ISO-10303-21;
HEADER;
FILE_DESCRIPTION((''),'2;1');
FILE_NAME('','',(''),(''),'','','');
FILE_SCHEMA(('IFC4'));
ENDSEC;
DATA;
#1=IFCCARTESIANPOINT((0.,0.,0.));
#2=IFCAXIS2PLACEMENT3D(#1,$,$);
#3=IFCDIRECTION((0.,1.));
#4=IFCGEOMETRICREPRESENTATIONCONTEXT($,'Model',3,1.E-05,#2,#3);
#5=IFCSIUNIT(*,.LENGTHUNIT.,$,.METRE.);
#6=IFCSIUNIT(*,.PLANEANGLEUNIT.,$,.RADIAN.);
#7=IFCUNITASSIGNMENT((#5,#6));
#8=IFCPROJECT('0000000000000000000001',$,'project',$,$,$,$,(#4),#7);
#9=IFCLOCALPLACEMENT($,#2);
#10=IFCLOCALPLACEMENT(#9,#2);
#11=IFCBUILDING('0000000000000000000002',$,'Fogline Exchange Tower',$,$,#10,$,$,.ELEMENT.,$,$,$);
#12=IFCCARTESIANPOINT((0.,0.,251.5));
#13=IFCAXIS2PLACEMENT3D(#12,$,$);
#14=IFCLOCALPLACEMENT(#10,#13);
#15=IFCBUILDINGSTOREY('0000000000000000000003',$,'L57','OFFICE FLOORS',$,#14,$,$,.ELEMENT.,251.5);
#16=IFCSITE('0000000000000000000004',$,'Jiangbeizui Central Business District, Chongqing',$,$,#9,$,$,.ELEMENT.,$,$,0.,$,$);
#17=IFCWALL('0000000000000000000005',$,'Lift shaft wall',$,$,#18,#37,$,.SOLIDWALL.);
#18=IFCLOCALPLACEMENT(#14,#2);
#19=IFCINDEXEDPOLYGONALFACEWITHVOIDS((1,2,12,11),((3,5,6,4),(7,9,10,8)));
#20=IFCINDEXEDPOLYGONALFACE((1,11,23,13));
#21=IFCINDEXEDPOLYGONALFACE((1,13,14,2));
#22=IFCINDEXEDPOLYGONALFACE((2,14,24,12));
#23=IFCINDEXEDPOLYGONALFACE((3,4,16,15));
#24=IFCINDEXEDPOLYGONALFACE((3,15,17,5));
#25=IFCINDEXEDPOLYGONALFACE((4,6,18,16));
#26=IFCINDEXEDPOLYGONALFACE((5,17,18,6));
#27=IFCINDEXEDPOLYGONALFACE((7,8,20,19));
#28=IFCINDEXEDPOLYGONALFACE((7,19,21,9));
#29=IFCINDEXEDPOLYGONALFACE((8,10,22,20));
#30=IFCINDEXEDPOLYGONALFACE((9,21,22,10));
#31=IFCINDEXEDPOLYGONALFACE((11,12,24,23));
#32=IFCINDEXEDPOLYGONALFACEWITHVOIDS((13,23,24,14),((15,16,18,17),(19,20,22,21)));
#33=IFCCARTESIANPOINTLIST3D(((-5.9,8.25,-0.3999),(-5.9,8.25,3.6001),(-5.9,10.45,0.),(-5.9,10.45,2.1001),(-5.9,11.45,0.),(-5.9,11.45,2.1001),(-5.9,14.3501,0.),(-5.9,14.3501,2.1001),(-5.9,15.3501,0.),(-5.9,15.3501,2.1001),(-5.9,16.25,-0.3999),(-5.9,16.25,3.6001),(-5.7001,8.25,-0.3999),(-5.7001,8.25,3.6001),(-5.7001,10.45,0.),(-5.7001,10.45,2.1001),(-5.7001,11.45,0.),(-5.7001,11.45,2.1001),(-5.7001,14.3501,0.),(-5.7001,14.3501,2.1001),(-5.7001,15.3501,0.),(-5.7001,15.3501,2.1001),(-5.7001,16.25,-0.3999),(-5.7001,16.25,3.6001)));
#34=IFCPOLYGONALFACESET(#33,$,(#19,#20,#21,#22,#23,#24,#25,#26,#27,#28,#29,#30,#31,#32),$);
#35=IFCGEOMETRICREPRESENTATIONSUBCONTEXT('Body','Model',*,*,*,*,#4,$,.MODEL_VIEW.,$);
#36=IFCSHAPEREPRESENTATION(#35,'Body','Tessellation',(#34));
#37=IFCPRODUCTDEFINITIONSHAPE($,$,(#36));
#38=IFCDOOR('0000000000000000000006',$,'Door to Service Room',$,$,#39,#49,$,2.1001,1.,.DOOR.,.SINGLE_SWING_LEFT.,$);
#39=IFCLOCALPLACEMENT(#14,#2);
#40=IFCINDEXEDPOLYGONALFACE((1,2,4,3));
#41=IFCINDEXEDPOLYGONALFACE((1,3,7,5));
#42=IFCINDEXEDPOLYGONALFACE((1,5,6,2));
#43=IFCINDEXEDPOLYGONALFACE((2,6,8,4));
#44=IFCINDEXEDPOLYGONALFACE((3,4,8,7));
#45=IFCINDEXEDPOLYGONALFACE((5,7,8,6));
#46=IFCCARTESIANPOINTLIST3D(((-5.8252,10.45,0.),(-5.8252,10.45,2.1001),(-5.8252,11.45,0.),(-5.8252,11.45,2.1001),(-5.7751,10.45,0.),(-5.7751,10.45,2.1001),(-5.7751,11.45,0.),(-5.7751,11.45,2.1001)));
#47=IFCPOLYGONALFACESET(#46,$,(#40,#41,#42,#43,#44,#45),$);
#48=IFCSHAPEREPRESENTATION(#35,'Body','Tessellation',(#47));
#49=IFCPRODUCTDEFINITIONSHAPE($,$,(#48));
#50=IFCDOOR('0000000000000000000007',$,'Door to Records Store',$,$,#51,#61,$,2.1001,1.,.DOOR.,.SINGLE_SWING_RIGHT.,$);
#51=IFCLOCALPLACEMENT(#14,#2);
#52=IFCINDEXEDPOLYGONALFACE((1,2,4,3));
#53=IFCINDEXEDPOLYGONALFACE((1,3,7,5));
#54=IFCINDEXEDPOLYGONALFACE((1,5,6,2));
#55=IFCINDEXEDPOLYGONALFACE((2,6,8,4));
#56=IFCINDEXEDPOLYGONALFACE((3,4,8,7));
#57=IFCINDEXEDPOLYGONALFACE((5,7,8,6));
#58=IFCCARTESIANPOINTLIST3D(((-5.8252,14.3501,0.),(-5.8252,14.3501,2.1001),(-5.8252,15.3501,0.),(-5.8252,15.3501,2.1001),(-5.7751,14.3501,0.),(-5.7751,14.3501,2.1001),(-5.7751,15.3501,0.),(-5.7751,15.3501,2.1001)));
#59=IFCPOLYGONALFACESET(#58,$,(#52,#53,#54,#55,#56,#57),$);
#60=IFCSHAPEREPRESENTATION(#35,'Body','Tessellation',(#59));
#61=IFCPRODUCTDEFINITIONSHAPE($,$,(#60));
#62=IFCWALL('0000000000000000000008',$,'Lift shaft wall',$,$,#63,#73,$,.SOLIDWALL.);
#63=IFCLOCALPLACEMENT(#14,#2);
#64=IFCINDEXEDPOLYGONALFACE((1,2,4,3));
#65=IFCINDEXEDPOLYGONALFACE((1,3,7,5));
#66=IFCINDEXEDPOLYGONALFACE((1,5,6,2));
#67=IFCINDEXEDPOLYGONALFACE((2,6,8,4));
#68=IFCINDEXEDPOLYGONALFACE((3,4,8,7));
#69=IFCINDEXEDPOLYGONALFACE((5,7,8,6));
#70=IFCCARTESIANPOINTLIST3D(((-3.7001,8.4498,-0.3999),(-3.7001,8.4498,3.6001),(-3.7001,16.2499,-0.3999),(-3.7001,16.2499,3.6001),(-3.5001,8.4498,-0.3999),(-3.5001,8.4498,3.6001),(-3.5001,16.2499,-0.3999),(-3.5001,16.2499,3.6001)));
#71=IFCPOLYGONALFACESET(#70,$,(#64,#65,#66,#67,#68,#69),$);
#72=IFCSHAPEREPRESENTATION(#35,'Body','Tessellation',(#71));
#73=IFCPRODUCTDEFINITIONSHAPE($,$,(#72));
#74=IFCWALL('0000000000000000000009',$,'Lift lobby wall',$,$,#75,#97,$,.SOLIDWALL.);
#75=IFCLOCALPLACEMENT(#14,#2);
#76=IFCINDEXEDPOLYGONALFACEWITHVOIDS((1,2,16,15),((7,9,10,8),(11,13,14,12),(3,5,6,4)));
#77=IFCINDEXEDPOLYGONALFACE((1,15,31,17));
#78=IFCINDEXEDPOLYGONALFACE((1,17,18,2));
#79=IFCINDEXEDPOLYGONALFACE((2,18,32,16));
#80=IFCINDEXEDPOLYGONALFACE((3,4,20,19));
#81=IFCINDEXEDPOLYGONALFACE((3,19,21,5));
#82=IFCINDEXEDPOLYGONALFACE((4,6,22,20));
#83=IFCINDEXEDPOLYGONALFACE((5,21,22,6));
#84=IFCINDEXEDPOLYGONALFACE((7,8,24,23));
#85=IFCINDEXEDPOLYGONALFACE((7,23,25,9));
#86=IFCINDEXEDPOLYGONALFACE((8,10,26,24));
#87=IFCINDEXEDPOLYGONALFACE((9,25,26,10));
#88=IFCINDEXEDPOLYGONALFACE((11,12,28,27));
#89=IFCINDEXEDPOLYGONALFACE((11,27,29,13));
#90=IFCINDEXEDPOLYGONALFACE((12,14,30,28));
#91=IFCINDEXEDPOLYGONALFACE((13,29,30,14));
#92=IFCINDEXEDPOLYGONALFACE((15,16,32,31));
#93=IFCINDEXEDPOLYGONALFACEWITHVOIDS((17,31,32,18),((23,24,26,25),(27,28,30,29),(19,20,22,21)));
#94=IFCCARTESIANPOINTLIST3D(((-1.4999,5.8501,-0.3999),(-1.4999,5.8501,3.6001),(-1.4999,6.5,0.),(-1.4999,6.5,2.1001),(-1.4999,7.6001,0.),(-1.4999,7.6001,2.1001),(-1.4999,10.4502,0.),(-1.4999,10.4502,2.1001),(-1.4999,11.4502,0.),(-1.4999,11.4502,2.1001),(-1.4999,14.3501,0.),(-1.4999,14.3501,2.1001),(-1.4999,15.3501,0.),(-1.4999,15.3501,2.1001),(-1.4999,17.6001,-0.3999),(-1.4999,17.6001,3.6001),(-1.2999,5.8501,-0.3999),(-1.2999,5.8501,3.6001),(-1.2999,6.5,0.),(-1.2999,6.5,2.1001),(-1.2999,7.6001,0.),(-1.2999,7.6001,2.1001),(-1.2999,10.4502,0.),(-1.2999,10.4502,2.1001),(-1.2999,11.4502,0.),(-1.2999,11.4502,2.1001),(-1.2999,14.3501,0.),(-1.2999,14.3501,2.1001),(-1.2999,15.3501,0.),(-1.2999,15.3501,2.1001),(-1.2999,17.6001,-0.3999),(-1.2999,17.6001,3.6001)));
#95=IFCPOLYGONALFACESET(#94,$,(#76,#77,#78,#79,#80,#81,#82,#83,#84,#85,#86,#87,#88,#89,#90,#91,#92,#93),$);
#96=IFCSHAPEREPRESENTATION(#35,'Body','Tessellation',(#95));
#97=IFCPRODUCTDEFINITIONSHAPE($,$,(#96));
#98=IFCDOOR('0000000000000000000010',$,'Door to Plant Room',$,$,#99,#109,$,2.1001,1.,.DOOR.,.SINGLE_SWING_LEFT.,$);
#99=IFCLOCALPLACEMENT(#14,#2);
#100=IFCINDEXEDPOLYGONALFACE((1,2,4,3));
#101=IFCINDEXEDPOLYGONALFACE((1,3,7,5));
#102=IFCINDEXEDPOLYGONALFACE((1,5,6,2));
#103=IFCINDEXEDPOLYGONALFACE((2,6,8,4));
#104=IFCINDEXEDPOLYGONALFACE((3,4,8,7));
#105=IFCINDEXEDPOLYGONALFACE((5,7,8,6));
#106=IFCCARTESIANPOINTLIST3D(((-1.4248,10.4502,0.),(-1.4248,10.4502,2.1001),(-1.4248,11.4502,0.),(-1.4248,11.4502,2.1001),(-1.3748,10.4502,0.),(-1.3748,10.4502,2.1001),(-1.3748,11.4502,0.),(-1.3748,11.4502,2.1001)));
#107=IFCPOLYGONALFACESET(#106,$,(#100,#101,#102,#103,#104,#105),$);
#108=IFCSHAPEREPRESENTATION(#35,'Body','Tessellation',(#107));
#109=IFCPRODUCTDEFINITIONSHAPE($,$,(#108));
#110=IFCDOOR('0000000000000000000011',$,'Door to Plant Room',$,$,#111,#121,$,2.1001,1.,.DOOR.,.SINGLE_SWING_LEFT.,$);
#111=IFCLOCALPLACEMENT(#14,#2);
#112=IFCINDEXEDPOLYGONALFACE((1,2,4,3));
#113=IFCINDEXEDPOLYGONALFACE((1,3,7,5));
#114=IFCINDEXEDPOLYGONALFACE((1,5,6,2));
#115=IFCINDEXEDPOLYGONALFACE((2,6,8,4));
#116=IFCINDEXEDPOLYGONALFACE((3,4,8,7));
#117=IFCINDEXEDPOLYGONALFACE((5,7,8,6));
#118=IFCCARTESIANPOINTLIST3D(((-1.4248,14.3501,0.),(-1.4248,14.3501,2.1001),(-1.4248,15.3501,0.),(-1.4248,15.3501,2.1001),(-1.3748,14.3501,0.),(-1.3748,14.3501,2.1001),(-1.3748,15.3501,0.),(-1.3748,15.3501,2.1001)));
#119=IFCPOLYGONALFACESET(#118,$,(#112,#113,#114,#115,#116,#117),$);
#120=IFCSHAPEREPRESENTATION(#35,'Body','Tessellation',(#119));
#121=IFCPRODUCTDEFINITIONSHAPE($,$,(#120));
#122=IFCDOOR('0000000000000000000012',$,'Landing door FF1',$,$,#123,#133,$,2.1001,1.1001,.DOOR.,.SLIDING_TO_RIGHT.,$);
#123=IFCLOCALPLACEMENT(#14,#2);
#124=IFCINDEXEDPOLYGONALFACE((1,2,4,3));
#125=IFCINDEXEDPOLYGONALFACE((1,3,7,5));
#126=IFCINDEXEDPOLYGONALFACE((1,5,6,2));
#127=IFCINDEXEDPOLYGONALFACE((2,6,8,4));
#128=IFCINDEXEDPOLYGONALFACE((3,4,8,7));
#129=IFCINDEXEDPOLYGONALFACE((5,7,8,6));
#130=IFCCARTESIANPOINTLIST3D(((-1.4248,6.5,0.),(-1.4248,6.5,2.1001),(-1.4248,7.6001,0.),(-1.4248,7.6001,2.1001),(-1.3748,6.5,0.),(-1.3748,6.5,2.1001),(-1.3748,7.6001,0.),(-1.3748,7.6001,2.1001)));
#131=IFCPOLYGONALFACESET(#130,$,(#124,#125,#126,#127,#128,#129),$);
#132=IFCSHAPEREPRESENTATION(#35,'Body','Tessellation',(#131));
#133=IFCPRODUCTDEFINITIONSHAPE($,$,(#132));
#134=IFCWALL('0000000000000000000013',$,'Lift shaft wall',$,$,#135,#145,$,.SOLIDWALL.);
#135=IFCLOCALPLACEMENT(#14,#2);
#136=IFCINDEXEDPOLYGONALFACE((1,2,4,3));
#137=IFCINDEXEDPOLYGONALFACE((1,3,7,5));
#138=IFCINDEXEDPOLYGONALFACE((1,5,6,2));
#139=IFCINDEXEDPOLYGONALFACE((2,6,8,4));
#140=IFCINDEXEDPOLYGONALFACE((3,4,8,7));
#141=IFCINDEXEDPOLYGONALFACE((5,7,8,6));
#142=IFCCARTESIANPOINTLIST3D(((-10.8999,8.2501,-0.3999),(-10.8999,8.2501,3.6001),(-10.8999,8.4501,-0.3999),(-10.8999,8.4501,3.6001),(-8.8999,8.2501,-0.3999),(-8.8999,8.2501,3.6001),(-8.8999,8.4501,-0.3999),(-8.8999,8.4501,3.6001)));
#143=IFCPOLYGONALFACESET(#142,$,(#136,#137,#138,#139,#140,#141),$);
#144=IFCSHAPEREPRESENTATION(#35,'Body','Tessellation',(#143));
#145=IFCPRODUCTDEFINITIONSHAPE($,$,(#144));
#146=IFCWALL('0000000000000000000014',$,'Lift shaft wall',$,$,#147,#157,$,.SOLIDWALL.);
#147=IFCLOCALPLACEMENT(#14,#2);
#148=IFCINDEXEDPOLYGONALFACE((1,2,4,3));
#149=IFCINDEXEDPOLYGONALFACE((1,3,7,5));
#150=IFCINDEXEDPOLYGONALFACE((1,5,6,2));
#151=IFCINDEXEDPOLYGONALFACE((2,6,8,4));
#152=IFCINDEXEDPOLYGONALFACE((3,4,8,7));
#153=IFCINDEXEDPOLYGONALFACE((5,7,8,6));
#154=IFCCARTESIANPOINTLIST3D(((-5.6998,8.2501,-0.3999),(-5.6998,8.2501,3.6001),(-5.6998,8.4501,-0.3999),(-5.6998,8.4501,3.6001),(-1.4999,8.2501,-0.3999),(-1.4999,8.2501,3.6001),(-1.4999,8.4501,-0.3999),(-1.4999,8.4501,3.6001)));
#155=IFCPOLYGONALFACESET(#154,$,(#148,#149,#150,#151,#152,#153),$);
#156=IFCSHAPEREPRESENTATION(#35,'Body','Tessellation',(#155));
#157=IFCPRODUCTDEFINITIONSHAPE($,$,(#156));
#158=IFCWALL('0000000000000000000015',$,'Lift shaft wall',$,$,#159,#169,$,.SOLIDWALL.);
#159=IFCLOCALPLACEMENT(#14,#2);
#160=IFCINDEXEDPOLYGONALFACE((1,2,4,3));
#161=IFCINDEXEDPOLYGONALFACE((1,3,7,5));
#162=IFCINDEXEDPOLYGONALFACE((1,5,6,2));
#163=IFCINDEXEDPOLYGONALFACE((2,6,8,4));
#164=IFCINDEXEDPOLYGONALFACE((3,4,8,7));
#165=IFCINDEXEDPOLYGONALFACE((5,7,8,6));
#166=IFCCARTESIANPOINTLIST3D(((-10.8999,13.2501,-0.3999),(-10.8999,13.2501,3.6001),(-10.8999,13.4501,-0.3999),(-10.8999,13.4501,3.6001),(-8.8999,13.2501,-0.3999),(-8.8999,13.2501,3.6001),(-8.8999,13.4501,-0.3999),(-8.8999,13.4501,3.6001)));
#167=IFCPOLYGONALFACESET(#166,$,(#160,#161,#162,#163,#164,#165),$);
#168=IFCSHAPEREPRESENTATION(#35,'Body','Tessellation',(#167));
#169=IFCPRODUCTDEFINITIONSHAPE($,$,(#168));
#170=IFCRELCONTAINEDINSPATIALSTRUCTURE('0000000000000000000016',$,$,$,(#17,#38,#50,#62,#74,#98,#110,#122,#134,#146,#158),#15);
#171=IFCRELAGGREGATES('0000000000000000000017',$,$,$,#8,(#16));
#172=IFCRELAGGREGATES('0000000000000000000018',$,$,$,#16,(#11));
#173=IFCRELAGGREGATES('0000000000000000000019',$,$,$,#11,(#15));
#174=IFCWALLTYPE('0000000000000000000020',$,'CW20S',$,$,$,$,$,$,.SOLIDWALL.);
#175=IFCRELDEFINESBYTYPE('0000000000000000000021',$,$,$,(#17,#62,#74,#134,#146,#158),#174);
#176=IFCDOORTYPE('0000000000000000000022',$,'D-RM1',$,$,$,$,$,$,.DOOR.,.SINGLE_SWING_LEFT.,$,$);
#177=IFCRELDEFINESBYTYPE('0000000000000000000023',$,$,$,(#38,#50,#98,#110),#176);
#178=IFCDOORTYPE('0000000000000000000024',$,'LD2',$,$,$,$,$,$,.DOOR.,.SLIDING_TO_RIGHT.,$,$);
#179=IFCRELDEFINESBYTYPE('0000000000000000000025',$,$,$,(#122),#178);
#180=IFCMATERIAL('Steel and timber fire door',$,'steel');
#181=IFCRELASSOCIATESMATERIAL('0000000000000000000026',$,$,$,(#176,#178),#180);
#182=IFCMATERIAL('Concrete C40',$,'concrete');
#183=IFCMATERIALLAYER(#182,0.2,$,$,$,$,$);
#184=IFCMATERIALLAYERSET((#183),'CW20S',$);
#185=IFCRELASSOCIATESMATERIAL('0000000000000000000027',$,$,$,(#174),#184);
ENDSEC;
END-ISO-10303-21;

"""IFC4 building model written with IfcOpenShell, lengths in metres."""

from ifc_helpers import new_model, si_unit, direction, frame, frame_2d, origin, place, context, subcontext, project, spatial, rectangle, extrude, material, layer, layer_set, type_object, element, fill, save


model = new_model("IFC4")

# Units and contexts
model_context = context("Model", 3, precision=1e-05, world=origin(), true_north=direction((0.0, 1.0)))
body_context = subcontext(model_context, "Body", "Model", "MODEL_VIEW")
ifc_project = project(units=[si_unit("LENGTHUNIT", "METRE"), si_unit("PLANEANGLEUNIT", "RADIAN")], contexts=[model_context])

# Site, building, storey
site_placement = place(None, origin())
site = spatial("IfcSite", under=ifc_project, at=site_placement, Name="Jiangbeizui Central Business District, Chongqing", CompositionType="ELEMENT", RefElevation=0.0)
building_placement = place(site_placement, origin())
building = spatial("IfcBuilding", under=site, at=building_placement, Name="Fogline Exchange Tower", CompositionType="ELEMENT")
storey_placement = place(building_placement, frame((0.0, 0.0, 251.5)))
storey = spatial("IfcBuildingStorey", under=building, at=storey_placement, Name="L57", Description="OFFICE FLOORS", CompositionType="ELEMENT", Elevation=251.5)

# Shared definitions
ifc_material_1 = material(Name="Steel and timber fire door", Category="steel")

# Shared definitions
ifc_material_2 = material(Name="Concrete C40", Category="concrete")
door_type_1 = type_object("IfcDoorType", Name="D-RM1", OperationType="SINGLE_SWING_LEFT", PredefinedType="DOOR", material=ifc_material_1)
ifc_layer_1 = layer(ifc_material_2, 0.2)
ifc_layer_set_1 = layer_set([ifc_layer_1], Name="CW20S")
wall_type_1 = type_object("IfcWallType", Name="CW20S", PredefinedType="SOLIDWALL", material=ifc_layer_set_1)

# Wall, openings, doors
wall_1_placement = place(storey_placement, frame((-5.8, 8.25, -0.3999), z_axis=(0.0, 0.0, 1.0), x_axis=(0.0, 1.0, 0.0)))
wall_1 = element("IfcWall", 1, at=wall_1_placement, inside=storey, type_object=wall_type_1, Name="Lift shaft wall", PredefinedType="SOLIDWALL", context=body_context, shape_type="SweptSolid", body=[
    extrude(rectangle(XDim=8.0, YDim=0.2, at=frame_2d((4.0, 0.0))), origin(), (0.0, 0.0, 1.0), 4.0),
])
opening_1_placement = place(wall_1_placement, frame((2.2, 0.0, 0.3999)))
opening_1 = element("IfcOpeningElement", 2, at=opening_1_placement, cuts=wall_1, PredefinedType="OPENING", context=body_context, shape_type="SweptSolid", body=[
    extrude(rectangle(XDim=1.0, YDim=2.1001, at=frame_2d((0.5, 1.05))), frame((0.0, 0.1099, 0.0), z_axis=(0.0, -1.0, 0.0), x_axis=(1.0, 0.0, 0.0)), (0.0, 0.0, 1.0), 0.22),
])
opening_2_placement = place(wall_1_placement, frame((6.1001, 0.0, 0.3999)))
opening_2 = element("IfcOpeningElement", 3, at=opening_2_placement, cuts=wall_1, PredefinedType="OPENING", context=body_context, shape_type="SweptSolid", body=[
    extrude(rectangle(XDim=1.0, YDim=2.1001, at=frame_2d((0.5, 1.05))), frame((0.0, 0.1099, 0.0), z_axis=(0.0, -1.0, 0.0), x_axis=(1.0, 0.0, 0.0)), (0.0, 0.0, 1.0), 0.22),
])
door_1_placement = place(opening_1_placement, frame((1.0, 0.0, 0.0), z_axis=(0.0, 0.0, 1.0), x_axis=(-1.0, 0.0, 0.0)))
door_1 = element("IfcDoor", 4, at=door_1_placement, inside=storey, type_object=door_type_1, Name="Door to Service Room", OperationType="SINGLE_SWING_LEFT", OverallHeight=2.1001, OverallWidth=1.0, PredefinedType="DOOR", context=body_context, shape_type="SweptSolid", body=[
    extrude(rectangle(XDim=1.0, YDim=2.1001, at=frame_2d((0.5, 1.05))), frame((0.0, 0.0249, 0.0), z_axis=(0.0, -1.0, 0.0), x_axis=(1.0, 0.0, 0.0)), (0.0, 0.0, 1.0), 0.05),
])
fill(opening_1, door_1)
door_2_placement = place(opening_2_placement, frame((1.0, 0.0, 0.0), z_axis=(0.0, 0.0, 1.0), x_axis=(-1.0, 0.0, 0.0)))
door_2 = element("IfcDoor", 5, at=door_2_placement, inside=storey, type_object=door_type_1, Name="Door to Records Store", OperationType="SINGLE_SWING_RIGHT", OverallHeight=2.1001, OverallWidth=1.0, PredefinedType="DOOR", context=body_context, shape_type="SweptSolid", body=[
    extrude(rectangle(XDim=1.0, YDim=2.1001, at=frame_2d((0.5, 1.05))), frame((0.0, 0.0249, 0.0), z_axis=(0.0, -1.0, 0.0), x_axis=(1.0, 0.0, 0.0)), (0.0, 0.0, 1.0), 0.05),
])
fill(opening_2, door_2)

# Wall
wall_2_placement = place(storey_placement, frame((-3.6001, 8.45, -0.3999), z_axis=(0.0, 0.0, 1.0), x_axis=(0.0, 1.0, 0.0)))
element("IfcWall", 6, at=wall_2_placement, inside=storey, type_object=wall_type_1, Name="Lift shaft wall", PredefinedType="SOLIDWALL", context=body_context, shape_type="SweptSolid", body=[
    extrude(rectangle(XDim=7.8, YDim=0.2, at=frame_2d((3.8999, 0.0))), origin(), (0.0, 0.0, 1.0), 4.0),
])

# Wall, openings, doors
wall_3_placement = place(storey_placement, frame((-1.3999, 5.8501, -0.3999), z_axis=(0.0, 0.0, 1.0), x_axis=(0.0, 1.0, 0.0)))
wall_3 = element("IfcWall", 7, at=wall_3_placement, inside=storey, type_object=wall_type_1, Name="Lift lobby wall", PredefinedType="SOLIDWALL", context=body_context, shape_type="SweptSolid", body=[
    extrude(rectangle(XDim=11.75, YDim=0.2, at=frame_2d((5.875, 0.0))), origin(), (0.0, 0.0, 1.0), 4.0),
])
opening_3_placement = place(wall_3_placement, frame((0.6499, 0.0, 0.3999)))
opening_3 = element("IfcOpeningElement", 8, at=opening_3_placement, cuts=wall_3, PredefinedType="OPENING", context=body_context, shape_type="SweptSolid", body=[
    extrude(rectangle(XDim=1.1001, YDim=2.1001, at=frame_2d((0.55, 1.05))), frame((0.0, 0.1099, 0.0), z_axis=(0.0, -1.0, 0.0), x_axis=(1.0, 0.0, 0.0)), (0.0, 0.0, 1.0), 0.22),
])
opening_4_placement = place(wall_3_placement, frame((4.6001, 0.0, 0.3999)))
opening_4 = element("IfcOpeningElement", 9, at=opening_4_placement, cuts=wall_3, PredefinedType="OPENING", context=body_context, shape_type="SweptSolid", body=[
    extrude(rectangle(XDim=1.0, YDim=2.1001, at=frame_2d((0.5, 1.05))), frame((0.0, 0.1099, 0.0), z_axis=(0.0, -1.0, 0.0), x_axis=(1.0, 0.0, 0.0)), (0.0, 0.0, 1.0), 0.22),
])
opening_5_placement = place(wall_3_placement, frame((8.5, 0.0, 0.3999)))
opening_5 = element("IfcOpeningElement", 10, at=opening_5_placement, cuts=wall_3, PredefinedType="OPENING", context=body_context, shape_type="SweptSolid", body=[
    extrude(rectangle(XDim=1.0, YDim=2.1001, at=frame_2d((0.5, 1.05))), frame((0.0, 0.1099, 0.0), z_axis=(0.0, -1.0, 0.0), x_axis=(1.0, 0.0, 0.0)), (0.0, 0.0, 1.0), 0.22),
])
door_3_placement = place(opening_4_placement, origin())
door_3 = element("IfcDoor", 11, at=door_3_placement, inside=storey, type_object=door_type_1, Name="Door to Plant Room", OperationType="SINGLE_SWING_LEFT", OverallHeight=2.1001, OverallWidth=1.0, PredefinedType="DOOR", context=body_context, shape_type="SweptSolid", body=[
    extrude(rectangle(XDim=1.0, YDim=2.1001, at=frame_2d((0.5, 1.05))), frame((0.0, 0.0249, 0.0), z_axis=(0.0, -1.0, 0.0), x_axis=(1.0, 0.0, 0.0)), (0.0, 0.0, 1.0), 0.05),
])
fill(opening_4, door_3)
door_4_placement = place(opening_5_placement, origin())
door_4 = element("IfcDoor", 12, at=door_4_placement, inside=storey, type_object=door_type_1, Name="Door to Plant Room", OperationType="SINGLE_SWING_LEFT", OverallHeight=2.1001, OverallWidth=1.0, PredefinedType="DOOR", context=body_context, shape_type="SweptSolid", body=[
    extrude(rectangle(XDim=1.0, YDim=2.1001, at=frame_2d((0.5, 1.05))), frame((0.0, 0.0249, 0.0), z_axis=(0.0, -1.0, 0.0), x_axis=(1.0, 0.0, 0.0)), (0.0, 0.0, 1.0), 0.05),
])
fill(opening_5, door_4)
door_type_2 = type_object("IfcDoorType", Name="LD2", OperationType="SLIDING_TO_RIGHT", PredefinedType="DOOR", material=ifc_material_1)
door_5_placement = place(opening_3_placement, origin())
door_5 = element("IfcDoor", 13, at=door_5_placement, inside=storey, type_object=door_type_2, Name="Landing door FF1", OperationType="SLIDING_TO_RIGHT", OverallHeight=2.1001, OverallWidth=1.1001, PredefinedType="DOOR", context=body_context, shape_type="SweptSolid", body=[
    extrude(rectangle(XDim=1.1001, YDim=2.1001, at=frame_2d((0.55, 1.05))), frame((0.0, 0.0249, 0.0), z_axis=(0.0, -1.0, 0.0), x_axis=(1.0, 0.0, 0.0)), (0.0, 0.0, 1.0), 0.05),
])
fill(opening_3, door_5)

# Walls
wall_4_placement = place(storey_placement, frame((-10.8999, 8.3501, -0.3999), z_axis=(0.0, 0.0, 1.0), x_axis=(1.0, 0.0, 0.0)))
element("IfcWall", 14, at=wall_4_placement, inside=storey, type_object=wall_type_1, Name="Lift shaft wall", PredefinedType="SOLIDWALL", context=body_context, shape_type="SweptSolid", body=[
    extrude(rectangle(XDim=2.0, YDim=0.2, at=frame_2d((1.0, 0.0))), origin(), (0.0, 0.0, 1.0), 4.0),
])
wall_5_placement = place(storey_placement, frame((-5.7, 8.3501, -0.3999), z_axis=(0.0, 0.0, 1.0), x_axis=(1.0, 0.0, 0.0)))
element("IfcWall", 15, at=wall_5_placement, inside=storey, type_object=wall_type_1, Name="Lift shaft wall", PredefinedType="SOLIDWALL", context=body_context, shape_type="SweptSolid", body=[
    extrude(rectangle(XDim=4.2, YDim=0.2, at=frame_2d((2.1001, 0.0))), origin(), (0.0, 0.0, 1.0), 4.0),
])
wall_6_placement = place(storey_placement, frame((-10.8999, 13.3501, -0.3999), z_axis=(0.0, 0.0, 1.0), x_axis=(1.0, 0.0, 0.0)))
element("IfcWall", 16, at=wall_6_placement, inside=storey, type_object=wall_type_1, Name="Lift shaft wall", PredefinedType="SOLIDWALL", context=body_context, shape_type="SweptSolid", body=[
    extrude(rectangle(XDim=2.0, YDim=0.2, at=frame_2d((1.0, 0.0))), origin(), (0.0, 0.0, 1.0), 4.0),
])

save(model, "model.ifc")
